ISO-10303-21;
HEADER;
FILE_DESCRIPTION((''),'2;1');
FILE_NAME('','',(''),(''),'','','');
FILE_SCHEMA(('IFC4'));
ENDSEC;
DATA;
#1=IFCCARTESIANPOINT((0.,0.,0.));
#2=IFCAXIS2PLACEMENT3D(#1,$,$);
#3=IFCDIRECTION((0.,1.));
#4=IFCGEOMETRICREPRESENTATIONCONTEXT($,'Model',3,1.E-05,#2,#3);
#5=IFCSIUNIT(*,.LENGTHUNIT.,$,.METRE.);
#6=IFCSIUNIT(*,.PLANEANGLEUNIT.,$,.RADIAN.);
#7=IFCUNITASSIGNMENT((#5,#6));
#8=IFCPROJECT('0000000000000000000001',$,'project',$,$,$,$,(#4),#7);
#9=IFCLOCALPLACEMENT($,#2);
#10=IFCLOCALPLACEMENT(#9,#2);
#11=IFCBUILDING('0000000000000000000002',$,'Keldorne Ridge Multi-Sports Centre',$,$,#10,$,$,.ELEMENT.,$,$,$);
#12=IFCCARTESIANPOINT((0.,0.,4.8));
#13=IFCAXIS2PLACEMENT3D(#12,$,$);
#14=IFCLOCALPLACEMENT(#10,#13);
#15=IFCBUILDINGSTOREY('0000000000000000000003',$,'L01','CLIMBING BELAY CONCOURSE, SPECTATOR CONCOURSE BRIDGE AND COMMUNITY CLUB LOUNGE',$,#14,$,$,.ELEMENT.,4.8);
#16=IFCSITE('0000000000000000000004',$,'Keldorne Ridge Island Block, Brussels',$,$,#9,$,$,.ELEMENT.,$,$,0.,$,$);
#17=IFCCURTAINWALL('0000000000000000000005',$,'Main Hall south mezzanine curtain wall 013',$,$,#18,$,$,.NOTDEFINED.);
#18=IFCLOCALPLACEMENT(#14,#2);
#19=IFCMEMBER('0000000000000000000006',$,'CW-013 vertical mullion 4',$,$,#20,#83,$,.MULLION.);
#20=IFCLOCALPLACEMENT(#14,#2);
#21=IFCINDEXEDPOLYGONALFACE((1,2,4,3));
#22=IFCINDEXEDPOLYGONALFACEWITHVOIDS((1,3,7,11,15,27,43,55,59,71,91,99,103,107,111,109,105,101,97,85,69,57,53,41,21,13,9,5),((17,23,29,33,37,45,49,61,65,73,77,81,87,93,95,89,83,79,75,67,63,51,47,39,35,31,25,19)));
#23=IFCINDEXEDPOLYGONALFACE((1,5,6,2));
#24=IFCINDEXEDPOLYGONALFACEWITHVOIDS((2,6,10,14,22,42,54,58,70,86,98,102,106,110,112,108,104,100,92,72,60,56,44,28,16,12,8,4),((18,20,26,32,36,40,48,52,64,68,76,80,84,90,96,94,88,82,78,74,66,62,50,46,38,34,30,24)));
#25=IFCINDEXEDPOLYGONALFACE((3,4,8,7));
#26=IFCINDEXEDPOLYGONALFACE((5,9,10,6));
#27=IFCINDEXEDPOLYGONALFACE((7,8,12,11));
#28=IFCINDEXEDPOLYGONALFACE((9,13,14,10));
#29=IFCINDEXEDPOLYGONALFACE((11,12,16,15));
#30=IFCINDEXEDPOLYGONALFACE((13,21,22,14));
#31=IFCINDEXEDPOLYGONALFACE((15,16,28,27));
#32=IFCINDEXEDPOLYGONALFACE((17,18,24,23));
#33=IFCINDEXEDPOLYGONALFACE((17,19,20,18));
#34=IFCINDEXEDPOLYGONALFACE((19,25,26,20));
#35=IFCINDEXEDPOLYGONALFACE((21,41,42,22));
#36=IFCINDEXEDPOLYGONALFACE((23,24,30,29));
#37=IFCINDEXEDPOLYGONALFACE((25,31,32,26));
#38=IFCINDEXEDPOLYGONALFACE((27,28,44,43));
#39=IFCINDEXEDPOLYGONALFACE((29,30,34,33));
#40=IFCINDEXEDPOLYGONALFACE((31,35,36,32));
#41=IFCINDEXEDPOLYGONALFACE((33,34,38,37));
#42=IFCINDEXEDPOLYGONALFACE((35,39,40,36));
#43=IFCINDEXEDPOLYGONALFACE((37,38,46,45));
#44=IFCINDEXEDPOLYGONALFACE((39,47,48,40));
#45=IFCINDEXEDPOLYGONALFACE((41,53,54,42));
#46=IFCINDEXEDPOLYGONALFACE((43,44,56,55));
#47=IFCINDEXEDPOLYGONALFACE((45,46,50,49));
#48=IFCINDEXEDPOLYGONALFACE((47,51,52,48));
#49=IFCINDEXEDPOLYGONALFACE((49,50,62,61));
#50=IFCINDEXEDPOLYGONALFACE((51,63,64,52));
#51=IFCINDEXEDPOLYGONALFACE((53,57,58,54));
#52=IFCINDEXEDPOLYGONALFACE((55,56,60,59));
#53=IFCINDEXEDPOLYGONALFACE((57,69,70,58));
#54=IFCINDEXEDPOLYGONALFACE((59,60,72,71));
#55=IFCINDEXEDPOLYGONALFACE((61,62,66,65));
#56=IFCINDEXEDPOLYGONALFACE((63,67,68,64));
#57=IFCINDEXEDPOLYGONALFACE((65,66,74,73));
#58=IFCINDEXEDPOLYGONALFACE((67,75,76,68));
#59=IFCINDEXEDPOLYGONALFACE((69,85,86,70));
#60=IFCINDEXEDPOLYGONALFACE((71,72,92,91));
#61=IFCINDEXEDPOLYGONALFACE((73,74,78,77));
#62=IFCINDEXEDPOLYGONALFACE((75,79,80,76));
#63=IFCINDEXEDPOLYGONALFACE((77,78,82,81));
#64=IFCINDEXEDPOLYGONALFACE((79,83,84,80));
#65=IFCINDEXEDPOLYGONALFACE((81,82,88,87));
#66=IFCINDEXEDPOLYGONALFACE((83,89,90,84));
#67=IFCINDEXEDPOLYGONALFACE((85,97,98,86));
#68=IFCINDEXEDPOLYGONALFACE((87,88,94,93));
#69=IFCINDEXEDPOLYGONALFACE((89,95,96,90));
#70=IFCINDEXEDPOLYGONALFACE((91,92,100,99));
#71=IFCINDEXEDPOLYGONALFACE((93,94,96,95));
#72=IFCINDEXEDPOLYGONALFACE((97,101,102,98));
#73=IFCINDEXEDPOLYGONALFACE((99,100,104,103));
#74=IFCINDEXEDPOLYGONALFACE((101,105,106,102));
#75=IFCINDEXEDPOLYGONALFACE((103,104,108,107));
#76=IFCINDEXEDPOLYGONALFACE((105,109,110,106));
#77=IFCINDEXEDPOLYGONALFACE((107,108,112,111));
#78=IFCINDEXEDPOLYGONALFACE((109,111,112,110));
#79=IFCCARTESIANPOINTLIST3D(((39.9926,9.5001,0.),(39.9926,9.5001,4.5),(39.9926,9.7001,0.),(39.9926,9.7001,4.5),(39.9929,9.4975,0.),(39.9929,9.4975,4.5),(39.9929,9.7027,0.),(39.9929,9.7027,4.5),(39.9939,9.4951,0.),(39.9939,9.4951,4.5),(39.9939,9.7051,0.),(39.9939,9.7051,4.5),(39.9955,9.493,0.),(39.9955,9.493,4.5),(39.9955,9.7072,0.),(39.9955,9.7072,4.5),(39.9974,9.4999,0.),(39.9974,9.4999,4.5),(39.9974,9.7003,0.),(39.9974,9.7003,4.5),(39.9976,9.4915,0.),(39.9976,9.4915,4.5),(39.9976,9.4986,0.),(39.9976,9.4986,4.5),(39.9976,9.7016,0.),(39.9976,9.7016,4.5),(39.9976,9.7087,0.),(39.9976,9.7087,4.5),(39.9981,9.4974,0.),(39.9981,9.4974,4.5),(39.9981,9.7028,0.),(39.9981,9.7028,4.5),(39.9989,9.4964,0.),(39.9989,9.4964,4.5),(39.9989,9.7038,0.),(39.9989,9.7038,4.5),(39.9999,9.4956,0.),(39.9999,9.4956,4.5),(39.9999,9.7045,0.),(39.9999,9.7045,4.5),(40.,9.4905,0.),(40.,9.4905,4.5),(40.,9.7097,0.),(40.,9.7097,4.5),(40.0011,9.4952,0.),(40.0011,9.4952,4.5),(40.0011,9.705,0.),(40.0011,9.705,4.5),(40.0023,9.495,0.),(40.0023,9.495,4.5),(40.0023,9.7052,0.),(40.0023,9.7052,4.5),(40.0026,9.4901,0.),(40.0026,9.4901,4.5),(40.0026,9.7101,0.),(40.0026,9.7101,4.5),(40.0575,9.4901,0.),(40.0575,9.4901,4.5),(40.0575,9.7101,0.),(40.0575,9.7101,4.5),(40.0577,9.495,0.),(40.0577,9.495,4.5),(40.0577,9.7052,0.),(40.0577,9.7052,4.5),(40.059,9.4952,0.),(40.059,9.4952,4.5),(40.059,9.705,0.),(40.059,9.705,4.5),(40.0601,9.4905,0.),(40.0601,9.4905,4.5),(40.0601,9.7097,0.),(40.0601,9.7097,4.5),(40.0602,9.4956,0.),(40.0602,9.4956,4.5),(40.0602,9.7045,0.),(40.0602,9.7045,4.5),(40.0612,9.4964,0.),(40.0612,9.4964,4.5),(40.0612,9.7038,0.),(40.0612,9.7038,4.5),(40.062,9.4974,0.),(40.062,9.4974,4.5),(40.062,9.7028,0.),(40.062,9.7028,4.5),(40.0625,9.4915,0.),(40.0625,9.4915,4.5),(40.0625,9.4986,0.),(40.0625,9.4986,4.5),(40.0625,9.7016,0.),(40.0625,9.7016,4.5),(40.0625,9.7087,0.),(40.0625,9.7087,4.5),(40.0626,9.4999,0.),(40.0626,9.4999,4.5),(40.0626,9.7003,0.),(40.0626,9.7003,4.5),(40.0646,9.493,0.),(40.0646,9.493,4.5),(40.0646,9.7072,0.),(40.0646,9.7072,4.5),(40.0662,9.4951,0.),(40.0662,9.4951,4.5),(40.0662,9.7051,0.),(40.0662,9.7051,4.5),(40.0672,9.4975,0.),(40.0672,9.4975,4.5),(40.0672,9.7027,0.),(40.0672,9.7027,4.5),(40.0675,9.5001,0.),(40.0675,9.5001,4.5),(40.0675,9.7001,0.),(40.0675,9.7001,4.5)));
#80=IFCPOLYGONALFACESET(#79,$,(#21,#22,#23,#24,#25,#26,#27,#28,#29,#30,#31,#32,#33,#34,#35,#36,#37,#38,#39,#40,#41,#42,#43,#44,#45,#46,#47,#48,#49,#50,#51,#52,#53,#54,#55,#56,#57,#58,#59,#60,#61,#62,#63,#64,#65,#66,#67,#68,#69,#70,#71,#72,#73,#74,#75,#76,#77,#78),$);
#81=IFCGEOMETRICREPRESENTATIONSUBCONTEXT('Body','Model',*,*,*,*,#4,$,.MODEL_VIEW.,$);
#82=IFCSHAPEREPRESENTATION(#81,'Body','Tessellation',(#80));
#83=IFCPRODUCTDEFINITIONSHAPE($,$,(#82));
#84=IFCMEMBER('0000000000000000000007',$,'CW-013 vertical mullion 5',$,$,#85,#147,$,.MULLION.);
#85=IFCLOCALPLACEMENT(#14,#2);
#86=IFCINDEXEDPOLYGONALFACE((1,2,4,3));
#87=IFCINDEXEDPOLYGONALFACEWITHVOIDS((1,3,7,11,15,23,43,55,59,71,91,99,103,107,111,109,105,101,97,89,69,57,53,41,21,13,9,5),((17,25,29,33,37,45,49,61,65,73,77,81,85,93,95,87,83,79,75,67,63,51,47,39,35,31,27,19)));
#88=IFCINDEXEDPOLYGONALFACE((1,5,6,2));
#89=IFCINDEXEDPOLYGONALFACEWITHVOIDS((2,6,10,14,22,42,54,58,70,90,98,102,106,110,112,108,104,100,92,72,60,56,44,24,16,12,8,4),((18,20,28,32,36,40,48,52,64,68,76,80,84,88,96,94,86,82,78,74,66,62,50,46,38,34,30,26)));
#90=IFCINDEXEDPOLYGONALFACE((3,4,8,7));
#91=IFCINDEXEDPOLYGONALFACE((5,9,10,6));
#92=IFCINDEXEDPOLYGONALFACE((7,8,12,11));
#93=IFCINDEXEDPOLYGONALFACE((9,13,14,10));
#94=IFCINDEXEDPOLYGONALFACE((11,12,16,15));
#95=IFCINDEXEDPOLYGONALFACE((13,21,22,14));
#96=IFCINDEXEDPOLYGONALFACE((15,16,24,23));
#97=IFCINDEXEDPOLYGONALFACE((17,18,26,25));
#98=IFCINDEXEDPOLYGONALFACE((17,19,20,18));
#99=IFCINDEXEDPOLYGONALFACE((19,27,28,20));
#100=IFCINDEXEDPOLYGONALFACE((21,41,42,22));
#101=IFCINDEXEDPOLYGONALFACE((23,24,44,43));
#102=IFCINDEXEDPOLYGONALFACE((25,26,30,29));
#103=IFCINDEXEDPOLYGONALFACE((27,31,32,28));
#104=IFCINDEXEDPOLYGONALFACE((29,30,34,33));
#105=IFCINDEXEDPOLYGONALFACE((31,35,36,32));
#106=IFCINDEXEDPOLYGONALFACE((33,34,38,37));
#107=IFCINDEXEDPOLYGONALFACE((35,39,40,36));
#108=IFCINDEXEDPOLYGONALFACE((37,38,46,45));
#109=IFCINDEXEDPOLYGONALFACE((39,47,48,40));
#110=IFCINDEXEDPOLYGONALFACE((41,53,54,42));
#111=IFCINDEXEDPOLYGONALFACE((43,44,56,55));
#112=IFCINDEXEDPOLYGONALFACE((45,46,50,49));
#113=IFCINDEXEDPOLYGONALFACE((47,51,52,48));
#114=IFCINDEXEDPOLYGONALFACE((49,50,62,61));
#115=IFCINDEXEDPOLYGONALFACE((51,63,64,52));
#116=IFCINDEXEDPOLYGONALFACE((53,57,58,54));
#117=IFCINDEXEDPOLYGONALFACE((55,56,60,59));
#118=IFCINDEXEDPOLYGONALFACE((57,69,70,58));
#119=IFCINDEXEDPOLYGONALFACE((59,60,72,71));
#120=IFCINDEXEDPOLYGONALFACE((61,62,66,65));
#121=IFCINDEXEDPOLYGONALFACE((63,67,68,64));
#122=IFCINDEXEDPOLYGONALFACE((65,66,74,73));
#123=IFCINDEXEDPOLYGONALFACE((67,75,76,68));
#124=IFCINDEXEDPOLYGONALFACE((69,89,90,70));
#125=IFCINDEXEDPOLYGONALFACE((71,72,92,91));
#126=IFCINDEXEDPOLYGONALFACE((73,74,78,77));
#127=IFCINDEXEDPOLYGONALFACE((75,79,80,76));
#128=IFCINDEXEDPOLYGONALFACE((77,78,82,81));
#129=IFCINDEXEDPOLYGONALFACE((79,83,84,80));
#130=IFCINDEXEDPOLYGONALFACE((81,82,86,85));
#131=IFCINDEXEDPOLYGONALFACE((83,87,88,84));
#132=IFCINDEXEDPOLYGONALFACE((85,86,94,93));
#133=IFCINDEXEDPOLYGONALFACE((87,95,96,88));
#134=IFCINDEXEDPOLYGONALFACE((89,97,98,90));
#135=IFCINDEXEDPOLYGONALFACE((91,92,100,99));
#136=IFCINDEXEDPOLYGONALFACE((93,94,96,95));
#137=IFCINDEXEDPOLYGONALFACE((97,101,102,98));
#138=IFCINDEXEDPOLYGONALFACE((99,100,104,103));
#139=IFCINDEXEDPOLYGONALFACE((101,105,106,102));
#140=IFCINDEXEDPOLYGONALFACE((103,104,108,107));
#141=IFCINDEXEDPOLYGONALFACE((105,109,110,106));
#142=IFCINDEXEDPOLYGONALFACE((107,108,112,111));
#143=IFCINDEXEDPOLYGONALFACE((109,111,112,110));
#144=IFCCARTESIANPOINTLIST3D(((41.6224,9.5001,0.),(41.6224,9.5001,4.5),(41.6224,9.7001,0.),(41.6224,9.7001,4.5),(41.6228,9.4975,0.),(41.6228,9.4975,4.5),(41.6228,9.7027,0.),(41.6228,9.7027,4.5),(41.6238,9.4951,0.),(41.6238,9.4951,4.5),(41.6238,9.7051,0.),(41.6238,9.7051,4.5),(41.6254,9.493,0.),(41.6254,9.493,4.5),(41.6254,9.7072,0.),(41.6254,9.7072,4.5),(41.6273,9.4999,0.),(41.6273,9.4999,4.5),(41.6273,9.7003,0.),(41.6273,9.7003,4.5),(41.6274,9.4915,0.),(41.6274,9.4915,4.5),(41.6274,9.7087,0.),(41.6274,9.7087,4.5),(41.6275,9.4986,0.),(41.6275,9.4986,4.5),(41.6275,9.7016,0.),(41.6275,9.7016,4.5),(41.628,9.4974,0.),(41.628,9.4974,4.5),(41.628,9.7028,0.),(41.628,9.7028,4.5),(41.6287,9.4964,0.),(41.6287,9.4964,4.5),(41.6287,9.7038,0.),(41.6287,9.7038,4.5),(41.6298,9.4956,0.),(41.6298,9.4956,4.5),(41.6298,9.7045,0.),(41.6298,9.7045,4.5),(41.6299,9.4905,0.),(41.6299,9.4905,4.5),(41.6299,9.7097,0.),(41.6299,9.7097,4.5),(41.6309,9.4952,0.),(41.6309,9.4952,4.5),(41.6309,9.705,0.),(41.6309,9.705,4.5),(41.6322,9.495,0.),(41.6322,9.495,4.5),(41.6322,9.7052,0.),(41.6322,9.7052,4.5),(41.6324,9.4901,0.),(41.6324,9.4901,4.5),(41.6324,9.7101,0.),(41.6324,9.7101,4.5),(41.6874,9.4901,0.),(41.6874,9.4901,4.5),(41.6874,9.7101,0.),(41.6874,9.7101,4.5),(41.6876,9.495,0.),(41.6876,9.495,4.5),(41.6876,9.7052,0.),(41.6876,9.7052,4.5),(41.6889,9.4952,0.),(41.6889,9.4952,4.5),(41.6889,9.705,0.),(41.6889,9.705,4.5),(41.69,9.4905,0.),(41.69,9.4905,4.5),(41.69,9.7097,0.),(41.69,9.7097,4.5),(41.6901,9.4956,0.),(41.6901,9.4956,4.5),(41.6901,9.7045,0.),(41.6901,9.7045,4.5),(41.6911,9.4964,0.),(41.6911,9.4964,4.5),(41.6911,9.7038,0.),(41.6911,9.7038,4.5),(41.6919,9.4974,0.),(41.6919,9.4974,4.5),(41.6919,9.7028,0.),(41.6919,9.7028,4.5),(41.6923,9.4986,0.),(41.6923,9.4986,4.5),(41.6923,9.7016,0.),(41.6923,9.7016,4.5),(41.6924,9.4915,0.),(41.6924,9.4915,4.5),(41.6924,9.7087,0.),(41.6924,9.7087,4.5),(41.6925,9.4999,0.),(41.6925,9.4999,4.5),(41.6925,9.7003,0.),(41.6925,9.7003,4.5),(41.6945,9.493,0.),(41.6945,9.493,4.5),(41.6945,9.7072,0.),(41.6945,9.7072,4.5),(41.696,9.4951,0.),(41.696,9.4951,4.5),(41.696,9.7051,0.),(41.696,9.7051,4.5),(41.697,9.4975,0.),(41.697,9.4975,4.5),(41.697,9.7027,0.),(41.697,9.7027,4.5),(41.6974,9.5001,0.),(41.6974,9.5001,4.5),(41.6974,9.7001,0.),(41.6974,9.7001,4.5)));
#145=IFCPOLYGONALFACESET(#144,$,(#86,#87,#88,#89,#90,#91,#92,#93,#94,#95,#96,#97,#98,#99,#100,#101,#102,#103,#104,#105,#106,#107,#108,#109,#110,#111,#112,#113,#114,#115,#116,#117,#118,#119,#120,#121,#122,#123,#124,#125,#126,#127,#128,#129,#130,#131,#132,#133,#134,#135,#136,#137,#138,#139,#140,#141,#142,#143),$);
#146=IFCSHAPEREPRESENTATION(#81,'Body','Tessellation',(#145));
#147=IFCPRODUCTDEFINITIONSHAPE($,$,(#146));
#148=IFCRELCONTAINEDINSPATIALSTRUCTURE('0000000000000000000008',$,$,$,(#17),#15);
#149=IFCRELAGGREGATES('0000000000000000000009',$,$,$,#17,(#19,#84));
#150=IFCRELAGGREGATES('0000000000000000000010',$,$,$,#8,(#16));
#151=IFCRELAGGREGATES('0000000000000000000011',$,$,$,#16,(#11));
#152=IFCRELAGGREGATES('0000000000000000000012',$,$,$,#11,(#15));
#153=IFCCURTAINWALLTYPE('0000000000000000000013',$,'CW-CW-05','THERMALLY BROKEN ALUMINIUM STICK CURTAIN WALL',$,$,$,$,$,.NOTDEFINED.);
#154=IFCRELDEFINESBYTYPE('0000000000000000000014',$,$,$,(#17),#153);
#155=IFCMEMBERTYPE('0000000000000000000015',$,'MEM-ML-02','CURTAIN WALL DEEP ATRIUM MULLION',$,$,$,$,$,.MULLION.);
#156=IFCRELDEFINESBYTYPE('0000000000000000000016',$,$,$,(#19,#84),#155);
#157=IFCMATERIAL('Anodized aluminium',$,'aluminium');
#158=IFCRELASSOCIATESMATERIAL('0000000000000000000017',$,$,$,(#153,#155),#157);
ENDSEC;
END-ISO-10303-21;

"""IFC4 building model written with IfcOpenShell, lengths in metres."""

from ifc_helpers import new_model, si_unit, direction, frame, origin, origin_2d, place, context, subcontext, project, spatial, hollow_rectangle, extrude, material, material_profile, profile_set, type_object, element, aggregate, save


model = new_model("IFC4")

# Units and contexts
model_context = context("Model", 3, precision=1e-05, world=origin(), true_north=direction((0.0, 1.0)))
body_context = subcontext(model_context, "Body", "Model", "MODEL_VIEW")
ifc_project = project(units=[si_unit("LENGTHUNIT", "METRE"), si_unit("PLANEANGLEUNIT", "RADIAN")], contexts=[model_context])

# Site, building, storey
site_placement = place(None, origin())
site = spatial("IfcSite", under=ifc_project, at=site_placement, Name="Keldorne Ridge Island Block, Brussels", CompositionType="ELEMENT", RefElevation=0.0)
building_placement = place(site_placement, origin())
building = spatial("IfcBuilding", under=site, at=building_placement, Name="Keldorne Ridge Multi-Sports Centre", CompositionType="ELEMENT")
storey_placement = place(building_placement, frame((0.0, 0.0, 4.8)))
storey = spatial("IfcBuildingStorey", under=building, at=storey_placement, Name="L01", Description="CLIMBING BELAY CONCOURSE, SPECTATOR CONCOURSE BRIDGE AND COMMUNITY CLUB LOUNGE", CompositionType="ELEMENT", Elevation=4.8)

# Curtain wall, members
ifc_material_1 = material(Name="Anodized aluminium", Category="aluminium")
curtain_wall_type = type_object("IfcCurtainWallType", Name="CW-CW-05", Description="THERMALLY BROKEN ALUMINIUM STICK CURTAIN WALL", PredefinedType="NOTDEFINED", material=ifc_material_1)
curtain_wall_placement = place(storey_placement, origin())
curtain_wall = element("IfcCurtainWall", 1, at=curtain_wall_placement, inside=storey, type_object=curtain_wall_type, Name="Main Hall south mezzanine curtain wall 013", PredefinedType="NOTDEFINED")
ifc_material_profile_1 = material_profile(ifc_material_1, hollow_rectangle(XDim=0.075, YDim=0.22, WallThickness=0.0049, InnerFilletRadius=0.0049, OuterFilletRadius=0.01, at=origin_2d()), Name="ALU MULLION 220x75x5")
ifc_profile_set_1 = profile_set([ifc_material_profile_1], Name="Anodized aluminium")
member_type_1 = type_object("IfcMemberType", Name="MEM-ML-02", Description="CURTAIN WALL DEEP ATRIUM MULLION", PredefinedType="MULLION", material=ifc_profile_set_1)
member_1_placement = place(storey_placement, frame((40.03, 9.6001, 0.0), z_axis=(0.0, 0.0, 1.0), x_axis=(1.0, 0.0, 0.0)))
member_1 = element("IfcMember", 2, at=member_1_placement, type_object=member_type_1, Name="CW-013 vertical mullion 4", PredefinedType="MULLION", context=body_context, shape_type="SweptSolid", body=[
    extrude(hollow_rectangle(XDim=0.075, YDim=0.22, WallThickness=0.0049, InnerFilletRadius=0.0049, OuterFilletRadius=0.01, at=origin_2d()), origin(), (0.0, 0.0, 1.0), 4.5),
])
member_2_placement = place(storey_placement, frame((41.6599, 9.6001, 0.0), z_axis=(0.0, 0.0, 1.0), x_axis=(1.0, 0.0, 0.0)))
member_2 = element("IfcMember", 3, at=member_2_placement, type_object=member_type_1, Name="CW-013 vertical mullion 5", PredefinedType="MULLION", context=body_context, shape_type="SweptSolid", body=[
    extrude(hollow_rectangle(XDim=0.075, YDim=0.22, WallThickness=0.0049, InnerFilletRadius=0.0049, OuterFilletRadius=0.01, at=origin_2d()), origin(), (0.0, 0.0, 1.0), 4.5),
])
aggregate(curtain_wall, [member_1, member_2])

save(model, "model.ifc")
